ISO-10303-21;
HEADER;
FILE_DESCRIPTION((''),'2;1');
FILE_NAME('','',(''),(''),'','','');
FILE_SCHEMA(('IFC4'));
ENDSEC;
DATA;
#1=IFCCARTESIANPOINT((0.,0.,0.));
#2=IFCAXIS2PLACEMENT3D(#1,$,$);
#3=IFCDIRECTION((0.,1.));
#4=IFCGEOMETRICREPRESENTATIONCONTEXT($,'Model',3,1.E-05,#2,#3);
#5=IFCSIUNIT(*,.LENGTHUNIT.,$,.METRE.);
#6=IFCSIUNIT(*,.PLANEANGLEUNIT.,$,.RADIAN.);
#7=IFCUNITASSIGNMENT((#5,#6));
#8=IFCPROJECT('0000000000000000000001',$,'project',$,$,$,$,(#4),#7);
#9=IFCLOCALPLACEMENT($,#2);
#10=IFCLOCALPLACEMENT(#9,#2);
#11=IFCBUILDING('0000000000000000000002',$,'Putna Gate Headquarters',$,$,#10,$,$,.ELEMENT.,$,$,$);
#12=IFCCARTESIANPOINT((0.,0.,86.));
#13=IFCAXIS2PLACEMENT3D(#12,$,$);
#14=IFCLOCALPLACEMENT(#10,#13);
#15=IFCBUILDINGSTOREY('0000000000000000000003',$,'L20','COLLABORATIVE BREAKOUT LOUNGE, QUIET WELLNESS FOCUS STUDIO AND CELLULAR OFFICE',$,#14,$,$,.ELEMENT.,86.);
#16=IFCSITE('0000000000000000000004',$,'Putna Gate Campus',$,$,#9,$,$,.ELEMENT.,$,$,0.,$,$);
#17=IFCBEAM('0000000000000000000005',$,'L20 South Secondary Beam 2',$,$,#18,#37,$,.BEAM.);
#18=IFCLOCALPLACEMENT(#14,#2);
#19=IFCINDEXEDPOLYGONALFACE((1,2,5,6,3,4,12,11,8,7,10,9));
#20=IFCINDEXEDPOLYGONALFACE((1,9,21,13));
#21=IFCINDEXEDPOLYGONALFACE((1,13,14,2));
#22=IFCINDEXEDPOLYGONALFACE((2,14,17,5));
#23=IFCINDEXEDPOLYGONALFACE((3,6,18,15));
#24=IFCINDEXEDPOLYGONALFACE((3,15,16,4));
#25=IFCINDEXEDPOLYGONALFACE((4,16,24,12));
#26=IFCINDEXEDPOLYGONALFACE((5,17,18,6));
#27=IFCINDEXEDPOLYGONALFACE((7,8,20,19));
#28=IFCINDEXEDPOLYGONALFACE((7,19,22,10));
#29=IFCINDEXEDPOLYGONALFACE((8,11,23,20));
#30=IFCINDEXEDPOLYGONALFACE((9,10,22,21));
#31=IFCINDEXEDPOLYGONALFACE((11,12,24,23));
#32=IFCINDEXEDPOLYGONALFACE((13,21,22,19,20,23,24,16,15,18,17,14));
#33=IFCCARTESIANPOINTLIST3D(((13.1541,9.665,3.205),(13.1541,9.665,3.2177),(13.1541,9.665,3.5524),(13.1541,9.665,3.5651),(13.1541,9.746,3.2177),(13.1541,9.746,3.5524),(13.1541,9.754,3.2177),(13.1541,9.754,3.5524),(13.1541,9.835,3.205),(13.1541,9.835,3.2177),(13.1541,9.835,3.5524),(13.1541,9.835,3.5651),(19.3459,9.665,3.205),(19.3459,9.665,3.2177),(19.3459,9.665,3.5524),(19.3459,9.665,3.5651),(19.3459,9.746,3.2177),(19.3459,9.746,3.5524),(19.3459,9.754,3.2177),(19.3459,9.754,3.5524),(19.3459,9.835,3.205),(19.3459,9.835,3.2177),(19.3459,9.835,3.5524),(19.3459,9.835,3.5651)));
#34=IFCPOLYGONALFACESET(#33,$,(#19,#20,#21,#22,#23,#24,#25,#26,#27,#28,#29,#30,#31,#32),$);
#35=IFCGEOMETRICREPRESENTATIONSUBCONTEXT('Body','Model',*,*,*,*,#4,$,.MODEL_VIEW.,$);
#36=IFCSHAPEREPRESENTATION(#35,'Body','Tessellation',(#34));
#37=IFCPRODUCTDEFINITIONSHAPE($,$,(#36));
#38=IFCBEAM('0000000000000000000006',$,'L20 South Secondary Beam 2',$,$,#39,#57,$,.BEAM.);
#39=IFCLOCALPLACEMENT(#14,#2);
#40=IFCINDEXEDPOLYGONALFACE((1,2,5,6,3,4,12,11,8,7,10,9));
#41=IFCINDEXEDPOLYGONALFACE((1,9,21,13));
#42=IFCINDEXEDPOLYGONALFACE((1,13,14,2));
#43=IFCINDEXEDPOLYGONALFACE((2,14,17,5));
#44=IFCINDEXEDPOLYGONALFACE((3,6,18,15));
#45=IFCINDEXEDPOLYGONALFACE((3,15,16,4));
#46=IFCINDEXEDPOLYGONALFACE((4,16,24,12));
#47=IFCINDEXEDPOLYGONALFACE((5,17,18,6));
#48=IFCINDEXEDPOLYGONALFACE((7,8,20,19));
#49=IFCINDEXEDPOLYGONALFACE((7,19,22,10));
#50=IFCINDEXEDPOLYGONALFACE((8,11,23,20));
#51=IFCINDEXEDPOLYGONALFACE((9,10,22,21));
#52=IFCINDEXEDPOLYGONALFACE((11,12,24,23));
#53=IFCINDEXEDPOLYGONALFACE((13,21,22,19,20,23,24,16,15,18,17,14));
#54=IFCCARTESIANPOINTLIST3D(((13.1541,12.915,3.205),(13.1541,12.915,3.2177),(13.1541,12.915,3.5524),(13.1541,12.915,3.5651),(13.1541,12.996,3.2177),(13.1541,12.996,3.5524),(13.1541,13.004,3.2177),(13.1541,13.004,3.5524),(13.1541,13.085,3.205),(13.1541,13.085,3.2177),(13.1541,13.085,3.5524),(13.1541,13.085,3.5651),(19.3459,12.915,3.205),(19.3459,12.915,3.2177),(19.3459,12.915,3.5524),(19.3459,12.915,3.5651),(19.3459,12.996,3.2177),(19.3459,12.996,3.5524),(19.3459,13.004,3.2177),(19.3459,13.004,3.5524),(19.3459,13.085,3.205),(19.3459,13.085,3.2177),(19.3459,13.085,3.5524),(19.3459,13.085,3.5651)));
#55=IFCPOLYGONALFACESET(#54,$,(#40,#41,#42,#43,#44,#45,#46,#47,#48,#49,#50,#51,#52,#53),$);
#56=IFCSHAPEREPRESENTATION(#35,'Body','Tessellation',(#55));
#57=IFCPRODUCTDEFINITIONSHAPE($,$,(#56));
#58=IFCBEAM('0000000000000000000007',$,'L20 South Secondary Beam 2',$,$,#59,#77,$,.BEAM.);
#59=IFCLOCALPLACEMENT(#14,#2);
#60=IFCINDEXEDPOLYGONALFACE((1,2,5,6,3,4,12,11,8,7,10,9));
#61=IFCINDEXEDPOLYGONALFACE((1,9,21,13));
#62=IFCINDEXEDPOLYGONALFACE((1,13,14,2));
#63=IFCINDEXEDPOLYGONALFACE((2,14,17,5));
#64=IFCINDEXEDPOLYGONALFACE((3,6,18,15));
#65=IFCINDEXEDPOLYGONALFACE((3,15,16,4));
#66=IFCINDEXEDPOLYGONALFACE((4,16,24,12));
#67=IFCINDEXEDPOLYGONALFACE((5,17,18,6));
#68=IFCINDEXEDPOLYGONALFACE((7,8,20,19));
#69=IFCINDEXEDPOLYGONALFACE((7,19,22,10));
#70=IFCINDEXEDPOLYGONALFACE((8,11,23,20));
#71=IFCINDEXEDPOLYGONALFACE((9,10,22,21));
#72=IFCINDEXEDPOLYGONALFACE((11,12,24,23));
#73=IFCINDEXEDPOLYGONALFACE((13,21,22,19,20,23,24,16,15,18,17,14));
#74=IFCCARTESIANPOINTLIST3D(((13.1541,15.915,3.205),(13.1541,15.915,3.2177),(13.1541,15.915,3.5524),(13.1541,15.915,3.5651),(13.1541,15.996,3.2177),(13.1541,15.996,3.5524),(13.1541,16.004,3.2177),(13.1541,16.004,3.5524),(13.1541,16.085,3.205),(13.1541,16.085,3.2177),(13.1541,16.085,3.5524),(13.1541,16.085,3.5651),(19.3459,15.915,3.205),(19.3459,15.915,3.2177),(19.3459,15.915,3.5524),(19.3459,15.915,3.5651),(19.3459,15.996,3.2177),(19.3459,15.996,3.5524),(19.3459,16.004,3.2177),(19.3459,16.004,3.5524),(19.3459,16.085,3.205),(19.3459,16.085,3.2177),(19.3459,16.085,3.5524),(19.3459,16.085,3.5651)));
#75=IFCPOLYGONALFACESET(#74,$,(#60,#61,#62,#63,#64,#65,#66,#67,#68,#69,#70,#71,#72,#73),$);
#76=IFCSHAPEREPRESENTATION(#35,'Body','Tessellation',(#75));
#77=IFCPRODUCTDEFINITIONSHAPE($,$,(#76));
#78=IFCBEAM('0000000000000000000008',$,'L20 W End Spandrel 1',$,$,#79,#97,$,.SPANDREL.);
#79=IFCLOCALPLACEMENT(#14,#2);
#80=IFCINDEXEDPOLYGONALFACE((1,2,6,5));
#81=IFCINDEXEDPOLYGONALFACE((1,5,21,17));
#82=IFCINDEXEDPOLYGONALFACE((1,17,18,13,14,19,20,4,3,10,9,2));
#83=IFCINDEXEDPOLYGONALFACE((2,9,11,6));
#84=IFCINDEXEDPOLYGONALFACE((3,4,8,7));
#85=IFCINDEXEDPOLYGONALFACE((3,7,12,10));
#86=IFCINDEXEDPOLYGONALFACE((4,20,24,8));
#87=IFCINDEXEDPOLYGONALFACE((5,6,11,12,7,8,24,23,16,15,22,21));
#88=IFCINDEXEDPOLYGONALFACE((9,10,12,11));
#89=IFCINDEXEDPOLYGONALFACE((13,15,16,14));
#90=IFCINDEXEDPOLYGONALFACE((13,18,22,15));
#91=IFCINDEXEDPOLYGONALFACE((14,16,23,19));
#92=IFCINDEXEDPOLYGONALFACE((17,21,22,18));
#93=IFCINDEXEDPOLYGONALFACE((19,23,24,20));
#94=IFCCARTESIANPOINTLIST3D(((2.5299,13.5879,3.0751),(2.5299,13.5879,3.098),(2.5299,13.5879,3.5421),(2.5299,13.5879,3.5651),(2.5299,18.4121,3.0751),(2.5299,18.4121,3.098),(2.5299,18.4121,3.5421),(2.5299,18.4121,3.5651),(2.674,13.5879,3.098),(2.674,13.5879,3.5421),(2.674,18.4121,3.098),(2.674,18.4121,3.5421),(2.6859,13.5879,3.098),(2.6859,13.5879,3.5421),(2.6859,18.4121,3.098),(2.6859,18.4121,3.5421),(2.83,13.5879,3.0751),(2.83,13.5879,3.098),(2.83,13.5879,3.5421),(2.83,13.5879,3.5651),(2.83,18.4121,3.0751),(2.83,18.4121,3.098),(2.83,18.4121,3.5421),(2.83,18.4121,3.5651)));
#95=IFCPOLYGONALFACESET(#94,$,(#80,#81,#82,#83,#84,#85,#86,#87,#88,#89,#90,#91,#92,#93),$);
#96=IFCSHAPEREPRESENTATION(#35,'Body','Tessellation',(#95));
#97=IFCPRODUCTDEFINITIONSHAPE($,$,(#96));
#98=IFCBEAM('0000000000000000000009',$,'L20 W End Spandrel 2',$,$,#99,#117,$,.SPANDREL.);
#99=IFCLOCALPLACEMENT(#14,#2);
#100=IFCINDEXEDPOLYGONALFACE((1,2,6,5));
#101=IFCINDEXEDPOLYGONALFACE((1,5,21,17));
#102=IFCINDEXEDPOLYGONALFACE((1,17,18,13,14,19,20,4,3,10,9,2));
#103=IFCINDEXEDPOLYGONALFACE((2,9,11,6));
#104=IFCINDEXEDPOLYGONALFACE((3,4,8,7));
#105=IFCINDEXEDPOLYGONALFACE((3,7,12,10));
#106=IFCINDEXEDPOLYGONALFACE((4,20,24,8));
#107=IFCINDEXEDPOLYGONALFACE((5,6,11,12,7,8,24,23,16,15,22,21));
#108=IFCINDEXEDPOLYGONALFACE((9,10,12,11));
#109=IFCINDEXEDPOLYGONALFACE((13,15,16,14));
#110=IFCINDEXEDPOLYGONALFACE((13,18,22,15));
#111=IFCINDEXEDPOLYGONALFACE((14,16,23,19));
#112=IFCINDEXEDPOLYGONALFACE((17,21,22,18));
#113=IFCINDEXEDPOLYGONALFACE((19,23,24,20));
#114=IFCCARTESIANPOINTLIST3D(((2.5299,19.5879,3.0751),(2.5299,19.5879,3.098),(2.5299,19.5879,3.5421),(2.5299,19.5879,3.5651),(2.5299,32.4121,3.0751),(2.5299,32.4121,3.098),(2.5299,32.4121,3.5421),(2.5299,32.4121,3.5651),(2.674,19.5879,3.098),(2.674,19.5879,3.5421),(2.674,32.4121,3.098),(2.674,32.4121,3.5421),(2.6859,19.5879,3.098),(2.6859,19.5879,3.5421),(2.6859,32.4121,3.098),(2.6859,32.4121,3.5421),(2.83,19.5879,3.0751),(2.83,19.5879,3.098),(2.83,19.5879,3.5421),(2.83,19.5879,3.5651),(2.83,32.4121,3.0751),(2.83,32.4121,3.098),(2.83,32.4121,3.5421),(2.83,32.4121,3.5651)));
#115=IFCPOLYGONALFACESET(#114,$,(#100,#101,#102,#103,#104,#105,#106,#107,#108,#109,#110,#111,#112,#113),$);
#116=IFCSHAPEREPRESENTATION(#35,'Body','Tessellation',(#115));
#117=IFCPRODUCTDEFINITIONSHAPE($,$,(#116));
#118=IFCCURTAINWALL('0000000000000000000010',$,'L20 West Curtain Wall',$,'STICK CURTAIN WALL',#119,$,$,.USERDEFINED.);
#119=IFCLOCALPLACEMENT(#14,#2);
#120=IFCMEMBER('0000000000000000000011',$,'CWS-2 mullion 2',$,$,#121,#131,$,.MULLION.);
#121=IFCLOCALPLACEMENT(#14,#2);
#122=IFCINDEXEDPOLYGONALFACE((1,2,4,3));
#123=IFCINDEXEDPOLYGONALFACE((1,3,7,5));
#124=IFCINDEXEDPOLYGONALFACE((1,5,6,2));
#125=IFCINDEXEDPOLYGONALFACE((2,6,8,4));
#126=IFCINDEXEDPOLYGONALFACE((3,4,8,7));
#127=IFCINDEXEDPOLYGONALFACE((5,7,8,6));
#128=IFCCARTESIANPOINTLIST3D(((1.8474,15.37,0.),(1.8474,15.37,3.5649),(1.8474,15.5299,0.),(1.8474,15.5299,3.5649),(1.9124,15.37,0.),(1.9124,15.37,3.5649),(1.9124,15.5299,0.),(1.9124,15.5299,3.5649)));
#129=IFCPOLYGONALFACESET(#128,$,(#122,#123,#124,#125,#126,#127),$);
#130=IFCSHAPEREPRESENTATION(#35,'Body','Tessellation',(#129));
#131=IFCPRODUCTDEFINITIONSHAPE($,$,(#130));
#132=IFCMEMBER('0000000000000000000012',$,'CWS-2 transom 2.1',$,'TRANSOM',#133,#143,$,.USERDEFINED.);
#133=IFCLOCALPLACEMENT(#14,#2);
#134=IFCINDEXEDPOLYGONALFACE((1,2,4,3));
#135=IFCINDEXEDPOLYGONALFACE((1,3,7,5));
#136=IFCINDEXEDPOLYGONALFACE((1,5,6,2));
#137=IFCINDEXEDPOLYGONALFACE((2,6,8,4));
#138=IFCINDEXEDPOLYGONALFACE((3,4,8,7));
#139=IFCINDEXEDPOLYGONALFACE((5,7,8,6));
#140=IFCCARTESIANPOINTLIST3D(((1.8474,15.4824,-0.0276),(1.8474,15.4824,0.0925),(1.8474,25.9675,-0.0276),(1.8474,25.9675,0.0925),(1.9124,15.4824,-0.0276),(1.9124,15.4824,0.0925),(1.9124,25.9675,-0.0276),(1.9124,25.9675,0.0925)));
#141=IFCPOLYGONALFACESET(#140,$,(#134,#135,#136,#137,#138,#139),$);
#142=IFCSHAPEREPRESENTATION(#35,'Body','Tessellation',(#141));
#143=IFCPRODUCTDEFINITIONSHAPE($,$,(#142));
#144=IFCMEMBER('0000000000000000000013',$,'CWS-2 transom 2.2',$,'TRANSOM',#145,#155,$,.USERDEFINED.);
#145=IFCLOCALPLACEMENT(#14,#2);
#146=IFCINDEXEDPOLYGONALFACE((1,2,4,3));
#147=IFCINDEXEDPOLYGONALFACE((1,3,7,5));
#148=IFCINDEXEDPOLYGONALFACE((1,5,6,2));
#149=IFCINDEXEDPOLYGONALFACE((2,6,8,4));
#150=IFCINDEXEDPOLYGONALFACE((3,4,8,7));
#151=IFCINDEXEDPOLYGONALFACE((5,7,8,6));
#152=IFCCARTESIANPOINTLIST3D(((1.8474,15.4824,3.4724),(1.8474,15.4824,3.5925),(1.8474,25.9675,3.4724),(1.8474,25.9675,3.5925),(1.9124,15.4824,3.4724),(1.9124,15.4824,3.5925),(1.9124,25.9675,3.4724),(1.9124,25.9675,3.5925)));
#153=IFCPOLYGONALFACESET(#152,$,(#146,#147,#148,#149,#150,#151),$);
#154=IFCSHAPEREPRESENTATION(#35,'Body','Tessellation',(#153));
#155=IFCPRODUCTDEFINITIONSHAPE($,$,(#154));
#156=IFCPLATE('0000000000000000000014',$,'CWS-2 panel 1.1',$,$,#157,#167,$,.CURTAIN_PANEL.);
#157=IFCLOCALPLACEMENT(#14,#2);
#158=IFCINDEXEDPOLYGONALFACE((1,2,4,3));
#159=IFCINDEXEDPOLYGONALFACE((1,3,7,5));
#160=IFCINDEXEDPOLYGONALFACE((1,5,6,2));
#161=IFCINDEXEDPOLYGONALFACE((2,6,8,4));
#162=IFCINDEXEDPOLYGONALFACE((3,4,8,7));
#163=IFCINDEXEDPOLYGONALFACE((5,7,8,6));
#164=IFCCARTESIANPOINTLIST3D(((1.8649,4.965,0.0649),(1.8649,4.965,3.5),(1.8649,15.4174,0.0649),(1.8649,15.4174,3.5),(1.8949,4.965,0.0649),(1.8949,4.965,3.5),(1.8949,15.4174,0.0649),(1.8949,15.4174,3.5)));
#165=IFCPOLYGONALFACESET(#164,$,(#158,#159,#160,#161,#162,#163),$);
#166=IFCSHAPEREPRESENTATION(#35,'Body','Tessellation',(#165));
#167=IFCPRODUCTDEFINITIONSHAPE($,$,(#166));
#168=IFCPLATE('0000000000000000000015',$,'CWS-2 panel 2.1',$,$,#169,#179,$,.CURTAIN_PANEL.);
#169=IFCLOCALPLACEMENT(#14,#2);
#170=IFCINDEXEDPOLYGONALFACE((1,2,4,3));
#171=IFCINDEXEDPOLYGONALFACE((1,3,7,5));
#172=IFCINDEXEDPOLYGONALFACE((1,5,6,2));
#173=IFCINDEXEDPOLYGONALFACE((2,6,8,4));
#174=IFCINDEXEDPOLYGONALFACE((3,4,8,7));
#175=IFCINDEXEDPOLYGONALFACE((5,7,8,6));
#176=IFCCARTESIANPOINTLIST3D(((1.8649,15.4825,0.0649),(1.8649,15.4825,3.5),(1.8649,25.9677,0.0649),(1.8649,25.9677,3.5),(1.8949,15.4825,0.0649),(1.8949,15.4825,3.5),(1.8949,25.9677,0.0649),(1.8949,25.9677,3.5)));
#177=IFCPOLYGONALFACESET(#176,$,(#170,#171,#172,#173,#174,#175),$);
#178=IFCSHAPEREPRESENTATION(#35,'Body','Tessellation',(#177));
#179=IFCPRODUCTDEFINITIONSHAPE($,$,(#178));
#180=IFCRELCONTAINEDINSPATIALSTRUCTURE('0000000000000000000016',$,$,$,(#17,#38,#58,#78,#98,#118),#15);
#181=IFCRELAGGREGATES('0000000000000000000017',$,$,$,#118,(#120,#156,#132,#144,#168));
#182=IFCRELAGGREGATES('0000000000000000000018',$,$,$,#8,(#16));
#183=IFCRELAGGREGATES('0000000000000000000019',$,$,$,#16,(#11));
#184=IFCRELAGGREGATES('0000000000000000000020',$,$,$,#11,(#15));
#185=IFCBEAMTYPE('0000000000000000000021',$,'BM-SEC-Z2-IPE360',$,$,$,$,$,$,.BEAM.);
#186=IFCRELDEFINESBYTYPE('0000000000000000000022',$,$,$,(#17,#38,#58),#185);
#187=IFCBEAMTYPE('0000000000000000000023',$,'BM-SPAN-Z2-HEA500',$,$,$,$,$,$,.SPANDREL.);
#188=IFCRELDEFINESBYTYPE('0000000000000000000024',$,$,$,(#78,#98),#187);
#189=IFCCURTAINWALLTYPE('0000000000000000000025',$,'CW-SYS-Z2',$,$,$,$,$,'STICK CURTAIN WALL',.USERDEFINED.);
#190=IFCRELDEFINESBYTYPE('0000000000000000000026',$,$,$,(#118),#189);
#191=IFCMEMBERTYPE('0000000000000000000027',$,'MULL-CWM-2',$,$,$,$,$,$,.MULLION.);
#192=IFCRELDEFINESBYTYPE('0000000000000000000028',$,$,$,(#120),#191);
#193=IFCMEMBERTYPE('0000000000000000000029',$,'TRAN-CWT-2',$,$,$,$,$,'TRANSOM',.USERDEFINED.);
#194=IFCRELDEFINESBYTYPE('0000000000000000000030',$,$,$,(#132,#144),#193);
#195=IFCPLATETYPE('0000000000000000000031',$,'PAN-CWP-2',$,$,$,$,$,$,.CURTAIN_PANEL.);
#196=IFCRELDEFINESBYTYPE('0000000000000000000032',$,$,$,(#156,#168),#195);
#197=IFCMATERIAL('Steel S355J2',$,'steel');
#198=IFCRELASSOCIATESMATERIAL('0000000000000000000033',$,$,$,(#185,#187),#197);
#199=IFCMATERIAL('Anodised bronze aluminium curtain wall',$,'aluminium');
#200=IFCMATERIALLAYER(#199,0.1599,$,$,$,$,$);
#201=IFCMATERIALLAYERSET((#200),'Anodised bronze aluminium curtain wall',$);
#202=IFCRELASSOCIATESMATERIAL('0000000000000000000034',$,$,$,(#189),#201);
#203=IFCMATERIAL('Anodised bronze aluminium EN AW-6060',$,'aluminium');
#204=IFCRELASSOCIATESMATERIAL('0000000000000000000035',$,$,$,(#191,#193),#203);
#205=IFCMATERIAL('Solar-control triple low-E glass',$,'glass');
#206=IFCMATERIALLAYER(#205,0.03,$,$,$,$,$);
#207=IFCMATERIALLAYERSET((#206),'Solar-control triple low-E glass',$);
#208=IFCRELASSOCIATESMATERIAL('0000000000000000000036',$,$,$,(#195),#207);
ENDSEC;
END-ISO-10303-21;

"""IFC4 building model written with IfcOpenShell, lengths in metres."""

from ifc_helpers import new_model, si_unit, direction, frame, origin, origin_2d, place, context, subcontext, project, spatial, rectangle, i_section, extrude, material, layer, layer_set, material_profile, profile_set, type_object, element, aggregate, save


model = new_model("IFC4")

# Units and contexts
model_context = context("Model", 3, precision=1e-05, world=origin(), true_north=direction((0.0, 1.0)))
body_context = subcontext(model_context, "Body", "Model", "MODEL_VIEW")
ifc_project = project(units=[si_unit("LENGTHUNIT", "METRE"), si_unit("PLANEANGLEUNIT", "RADIAN")], contexts=[model_context])

# Site, building, storey
site_placement = place(None, origin())
site = spatial("IfcSite", under=ifc_project, at=site_placement, Name="Putna Gate Campus", CompositionType="ELEMENT", RefElevation=0.0)
building_placement = place(site_placement, origin())
building = spatial("IfcBuilding", under=site, at=building_placement, Name="Putna Gate Headquarters", CompositionType="ELEMENT")
storey_placement = place(building_placement, frame((0.0, 0.0, 86.0)))
storey = spatial("IfcBuildingStorey", under=building, at=storey_placement, Name="L20", Description="COLLABORATIVE BREAKOUT LOUNGE, QUIET WELLNESS FOCUS STUDIO AND CELLULAR OFFICE", CompositionType="ELEMENT", Elevation=86.0)

# Beams
ifc_material_1 = material(Name="Steel S355J2", Category="steel")
ifc_material_profile_1 = material_profile(ifc_material_1, i_section(OverallWidth=0.1699, OverallDepth=0.3601, WebThickness=0.0081, FlangeThickness=0.0127, at=origin_2d()), Name="Steel S355J2")
ifc_profile_set_1 = profile_set([ifc_material_profile_1], Name="Steel S355J2")
beam_type_1 = type_object("IfcBeamType", Name="BM-SEC-Z2-IPE360", PredefinedType="BEAM", material=ifc_profile_set_1)
for number, where, z_axis, x_axis, name in (
    (1, (13.1541, 9.75, 3.385), (1.0, 0.0, 0.0), (0.0, 1.0, 0.0), "L20 South Secondary Beam 2"),
    (2, (13.1541, 13.0, 3.385), (1.0, 0.0, 0.0), (0.0, 1.0, 0.0), "L20 South Secondary Beam 2"),
    (3, (13.1541, 16.0, 3.385), (1.0, 0.0, 0.0), (0.0, 1.0, 0.0), "L20 South Secondary Beam 2"),
):
    element("IfcBeam", number, at=place(storey_placement, frame(where, z_axis=z_axis, x_axis=x_axis)), inside=storey, type_object=beam_type_1, Name=name, PredefinedType="BEAM", context=body_context, shape_type="SweptSolid", body=[
        extrude(i_section(OverallWidth=0.1699, OverallDepth=0.3601, WebThickness=0.0081, FlangeThickness=0.0127, at=origin_2d()), origin(), (0.0, 0.0, 1.0), 6.1919),
    ])
ifc_material_profile_2 = material_profile(ifc_material_1, i_section(OverallWidth=0.3, OverallDepth=0.49, WebThickness=0.012, FlangeThickness=0.0229, at=origin_2d()), Name="Steel S355J2")
ifc_profile_set_2 = profile_set([ifc_material_profile_2], Name="Steel S355J2")
beam_type_2 = type_object("IfcBeamType", Name="BM-SPAN-Z2-HEA500", PredefinedType="SPANDREL", material=ifc_profile_set_2)
beam_1_placement = place(storey_placement, frame((2.6799, 13.5879, 3.3201), z_axis=(0.0, 1.0, 0.0), x_axis=(-1.0, 0.0, 0.0)))
element("IfcBeam", 4, at=beam_1_placement, inside=storey, type_object=beam_type_2, Name="L20 W End Spandrel 1", PredefinedType="SPANDREL", context=body_context, shape_type="SweptSolid", body=[
    extrude(i_section(OverallWidth=0.3, OverallDepth=0.49, WebThickness=0.012, FlangeThickness=0.0229, at=origin_2d()), origin(), (0.0, 0.0, 1.0), 4.8242),
])
beam_2_placement = place(storey_placement, frame((2.6799, 19.5879, 3.3201), z_axis=(0.0, 1.0, 0.0), x_axis=(-1.0, 0.0, 0.0)))
element("IfcBeam", 5, at=beam_2_placement, inside=storey, type_object=beam_type_2, Name="L20 W End Spandrel 2", PredefinedType="SPANDREL", context=body_context, shape_type="SweptSolid", body=[
    extrude(i_section(OverallWidth=0.3, OverallDepth=0.49, WebThickness=0.012, FlangeThickness=0.0229, at=origin_2d()), origin(), (0.0, 0.0, 1.0), 12.8242),
])

# Curtain wall, members, plates
ifc_material_2 = material(Name="Anodised bronze aluminium curtain wall", Category="aluminium")
ifc_layer_1 = layer(ifc_material_2, 0.1599)
ifc_layer_set_1 = layer_set([ifc_layer_1], Name="Anodised bronze aluminium curtain wall")
curtain_wall_type = type_object("IfcCurtainWallType", Name="CW-SYS-Z2", ElementType="STICK CURTAIN WALL", PredefinedType="USERDEFINED", material=ifc_layer_set_1)
curtain_wall_placement = place(storey_placement, origin())
curtain_wall = element("IfcCurtainWall", 6, at=curtain_wall_placement, inside=storey, type_object=curtain_wall_type, Name="L20 West Curtain Wall", ObjectType="STICK CURTAIN WALL", PredefinedType="USERDEFINED")
ifc_material_3 = material(Name="Anodised bronze aluminium EN AW-6060", Category="aluminium")
ifc_material_profile_3 = material_profile(ifc_material_3, rectangle(XDim=0.0649, YDim=0.1599, at=origin_2d()), Name="Anodised bronze aluminium EN AW-6060")
ifc_profile_set_3 = profile_set([ifc_material_profile_3], Name="Anodised bronze aluminium EN AW-6060")
member_type_1 = type_object("IfcMemberType", Name="MULL-CWM-2", PredefinedType="MULLION", material=ifc_profile_set_3)
member_1_placement = place(storey_placement, frame((1.8799, 15.45, 0.0), z_axis=(0.0, 0.0, 1.0), x_axis=(-1.0, 0.0, 0.0)))
member_1 = element("IfcMember", 7, at=member_1_placement, type_object=member_type_1, Name="CWS-2 mullion 2", PredefinedType="MULLION", context=body_context, shape_type="SweptSolid", body=[
    extrude(rectangle(XDim=0.0649, YDim=0.1599, at=origin_2d()), origin(), (0.0, 0.0, 1.0), 3.5649),
])
ifc_material_profile_4 = material_profile(ifc_material_3, rectangle(XDim=0.0649, YDim=0.1201, at=origin_2d()), Name="Anodised bronze aluminium EN AW-6060")
ifc_profile_set_4 = profile_set([ifc_material_profile_4], Name="Anodised bronze aluminium EN AW-6060")
member_type_2 = type_object("IfcMemberType", Name="TRAN-CWT-2", ElementType="TRANSOM", PredefinedType="USERDEFINED", material=ifc_profile_set_4)
member_2_placement = place(storey_placement, frame((1.8799, 15.4824, 0.0325), z_axis=(0.0, 1.0, 0.0), x_axis=(-1.0, 0.0, 0.0)))
member_2 = element("IfcMember", 8, at=member_2_placement, type_object=member_type_2, Name="CWS-2 transom 2.1", ObjectType="TRANSOM", PredefinedType="USERDEFINED", context=body_context, shape_type="SweptSolid", body=[
    extrude(rectangle(XDim=0.0649, YDim=0.1201, at=origin_2d()), origin(), (0.0, 0.0, 1.0), 10.4851),
])
member_3_placement = place(storey_placement, frame((1.8799, 15.4824, 3.5325), z_axis=(0.0, 1.0, 0.0), x_axis=(-1.0, 0.0, 0.0)))
member_3 = element("IfcMember", 9, at=member_3_placement, type_object=member_type_2, Name="CWS-2 transom 2.2", ObjectType="TRANSOM", PredefinedType="USERDEFINED", context=body_context, shape_type="SweptSolid", body=[
    extrude(rectangle(XDim=0.0649, YDim=0.1201, at=origin_2d()), origin(), (0.0, 0.0, 1.0), 10.4851),
])
ifc_material_4 = material(Name="Solar-control triple low-E glass", Category="glass")
ifc_layer_2 = layer(ifc_material_4, 0.03)
ifc_layer_set_2 = layer_set([ifc_layer_2], Name="Solar-control triple low-E glass")
plate_type = type_object("IfcPlateType", Name="PAN-CWP-2", PredefinedType="CURTAIN_PANEL", material=ifc_layer_set_2)
plate_1_placement = place(storey_placement, frame((1.8799, 10.1912, 0.0649), z_axis=(0.0, 0.0, 1.0), x_axis=(0.0, 1.0, 0.0)))
plate_1 = element("IfcPlate", 10, at=plate_1_placement, type_object=plate_type, Name="CWS-2 panel 1.1", PredefinedType="CURTAIN_PANEL", context=body_context, shape_type="SweptSolid", body=[
    extrude(rectangle(XDim=10.4524, YDim=0.03, at=origin_2d()), origin(), (0.0, 0.0, 1.0), 3.4351),
])
plate_2_placement = place(storey_placement, frame((1.8799, 20.7251, 0.0649), z_axis=(0.0, 0.0, 1.0), x_axis=(0.0, 1.0, 0.0)))
plate_2 = element("IfcPlate", 11, at=plate_2_placement, type_object=plate_type, Name="CWS-2 panel 2.1", PredefinedType="CURTAIN_PANEL", context=body_context, shape_type="SweptSolid", body=[
    extrude(rectangle(XDim=10.4851, YDim=0.03, at=origin_2d()), origin(), (0.0, 0.0, 1.0), 3.4351),
])
aggregate(curtain_wall, [member_1, plate_1, member_2, member_3, plate_2])

save(model, "model.ifc")
